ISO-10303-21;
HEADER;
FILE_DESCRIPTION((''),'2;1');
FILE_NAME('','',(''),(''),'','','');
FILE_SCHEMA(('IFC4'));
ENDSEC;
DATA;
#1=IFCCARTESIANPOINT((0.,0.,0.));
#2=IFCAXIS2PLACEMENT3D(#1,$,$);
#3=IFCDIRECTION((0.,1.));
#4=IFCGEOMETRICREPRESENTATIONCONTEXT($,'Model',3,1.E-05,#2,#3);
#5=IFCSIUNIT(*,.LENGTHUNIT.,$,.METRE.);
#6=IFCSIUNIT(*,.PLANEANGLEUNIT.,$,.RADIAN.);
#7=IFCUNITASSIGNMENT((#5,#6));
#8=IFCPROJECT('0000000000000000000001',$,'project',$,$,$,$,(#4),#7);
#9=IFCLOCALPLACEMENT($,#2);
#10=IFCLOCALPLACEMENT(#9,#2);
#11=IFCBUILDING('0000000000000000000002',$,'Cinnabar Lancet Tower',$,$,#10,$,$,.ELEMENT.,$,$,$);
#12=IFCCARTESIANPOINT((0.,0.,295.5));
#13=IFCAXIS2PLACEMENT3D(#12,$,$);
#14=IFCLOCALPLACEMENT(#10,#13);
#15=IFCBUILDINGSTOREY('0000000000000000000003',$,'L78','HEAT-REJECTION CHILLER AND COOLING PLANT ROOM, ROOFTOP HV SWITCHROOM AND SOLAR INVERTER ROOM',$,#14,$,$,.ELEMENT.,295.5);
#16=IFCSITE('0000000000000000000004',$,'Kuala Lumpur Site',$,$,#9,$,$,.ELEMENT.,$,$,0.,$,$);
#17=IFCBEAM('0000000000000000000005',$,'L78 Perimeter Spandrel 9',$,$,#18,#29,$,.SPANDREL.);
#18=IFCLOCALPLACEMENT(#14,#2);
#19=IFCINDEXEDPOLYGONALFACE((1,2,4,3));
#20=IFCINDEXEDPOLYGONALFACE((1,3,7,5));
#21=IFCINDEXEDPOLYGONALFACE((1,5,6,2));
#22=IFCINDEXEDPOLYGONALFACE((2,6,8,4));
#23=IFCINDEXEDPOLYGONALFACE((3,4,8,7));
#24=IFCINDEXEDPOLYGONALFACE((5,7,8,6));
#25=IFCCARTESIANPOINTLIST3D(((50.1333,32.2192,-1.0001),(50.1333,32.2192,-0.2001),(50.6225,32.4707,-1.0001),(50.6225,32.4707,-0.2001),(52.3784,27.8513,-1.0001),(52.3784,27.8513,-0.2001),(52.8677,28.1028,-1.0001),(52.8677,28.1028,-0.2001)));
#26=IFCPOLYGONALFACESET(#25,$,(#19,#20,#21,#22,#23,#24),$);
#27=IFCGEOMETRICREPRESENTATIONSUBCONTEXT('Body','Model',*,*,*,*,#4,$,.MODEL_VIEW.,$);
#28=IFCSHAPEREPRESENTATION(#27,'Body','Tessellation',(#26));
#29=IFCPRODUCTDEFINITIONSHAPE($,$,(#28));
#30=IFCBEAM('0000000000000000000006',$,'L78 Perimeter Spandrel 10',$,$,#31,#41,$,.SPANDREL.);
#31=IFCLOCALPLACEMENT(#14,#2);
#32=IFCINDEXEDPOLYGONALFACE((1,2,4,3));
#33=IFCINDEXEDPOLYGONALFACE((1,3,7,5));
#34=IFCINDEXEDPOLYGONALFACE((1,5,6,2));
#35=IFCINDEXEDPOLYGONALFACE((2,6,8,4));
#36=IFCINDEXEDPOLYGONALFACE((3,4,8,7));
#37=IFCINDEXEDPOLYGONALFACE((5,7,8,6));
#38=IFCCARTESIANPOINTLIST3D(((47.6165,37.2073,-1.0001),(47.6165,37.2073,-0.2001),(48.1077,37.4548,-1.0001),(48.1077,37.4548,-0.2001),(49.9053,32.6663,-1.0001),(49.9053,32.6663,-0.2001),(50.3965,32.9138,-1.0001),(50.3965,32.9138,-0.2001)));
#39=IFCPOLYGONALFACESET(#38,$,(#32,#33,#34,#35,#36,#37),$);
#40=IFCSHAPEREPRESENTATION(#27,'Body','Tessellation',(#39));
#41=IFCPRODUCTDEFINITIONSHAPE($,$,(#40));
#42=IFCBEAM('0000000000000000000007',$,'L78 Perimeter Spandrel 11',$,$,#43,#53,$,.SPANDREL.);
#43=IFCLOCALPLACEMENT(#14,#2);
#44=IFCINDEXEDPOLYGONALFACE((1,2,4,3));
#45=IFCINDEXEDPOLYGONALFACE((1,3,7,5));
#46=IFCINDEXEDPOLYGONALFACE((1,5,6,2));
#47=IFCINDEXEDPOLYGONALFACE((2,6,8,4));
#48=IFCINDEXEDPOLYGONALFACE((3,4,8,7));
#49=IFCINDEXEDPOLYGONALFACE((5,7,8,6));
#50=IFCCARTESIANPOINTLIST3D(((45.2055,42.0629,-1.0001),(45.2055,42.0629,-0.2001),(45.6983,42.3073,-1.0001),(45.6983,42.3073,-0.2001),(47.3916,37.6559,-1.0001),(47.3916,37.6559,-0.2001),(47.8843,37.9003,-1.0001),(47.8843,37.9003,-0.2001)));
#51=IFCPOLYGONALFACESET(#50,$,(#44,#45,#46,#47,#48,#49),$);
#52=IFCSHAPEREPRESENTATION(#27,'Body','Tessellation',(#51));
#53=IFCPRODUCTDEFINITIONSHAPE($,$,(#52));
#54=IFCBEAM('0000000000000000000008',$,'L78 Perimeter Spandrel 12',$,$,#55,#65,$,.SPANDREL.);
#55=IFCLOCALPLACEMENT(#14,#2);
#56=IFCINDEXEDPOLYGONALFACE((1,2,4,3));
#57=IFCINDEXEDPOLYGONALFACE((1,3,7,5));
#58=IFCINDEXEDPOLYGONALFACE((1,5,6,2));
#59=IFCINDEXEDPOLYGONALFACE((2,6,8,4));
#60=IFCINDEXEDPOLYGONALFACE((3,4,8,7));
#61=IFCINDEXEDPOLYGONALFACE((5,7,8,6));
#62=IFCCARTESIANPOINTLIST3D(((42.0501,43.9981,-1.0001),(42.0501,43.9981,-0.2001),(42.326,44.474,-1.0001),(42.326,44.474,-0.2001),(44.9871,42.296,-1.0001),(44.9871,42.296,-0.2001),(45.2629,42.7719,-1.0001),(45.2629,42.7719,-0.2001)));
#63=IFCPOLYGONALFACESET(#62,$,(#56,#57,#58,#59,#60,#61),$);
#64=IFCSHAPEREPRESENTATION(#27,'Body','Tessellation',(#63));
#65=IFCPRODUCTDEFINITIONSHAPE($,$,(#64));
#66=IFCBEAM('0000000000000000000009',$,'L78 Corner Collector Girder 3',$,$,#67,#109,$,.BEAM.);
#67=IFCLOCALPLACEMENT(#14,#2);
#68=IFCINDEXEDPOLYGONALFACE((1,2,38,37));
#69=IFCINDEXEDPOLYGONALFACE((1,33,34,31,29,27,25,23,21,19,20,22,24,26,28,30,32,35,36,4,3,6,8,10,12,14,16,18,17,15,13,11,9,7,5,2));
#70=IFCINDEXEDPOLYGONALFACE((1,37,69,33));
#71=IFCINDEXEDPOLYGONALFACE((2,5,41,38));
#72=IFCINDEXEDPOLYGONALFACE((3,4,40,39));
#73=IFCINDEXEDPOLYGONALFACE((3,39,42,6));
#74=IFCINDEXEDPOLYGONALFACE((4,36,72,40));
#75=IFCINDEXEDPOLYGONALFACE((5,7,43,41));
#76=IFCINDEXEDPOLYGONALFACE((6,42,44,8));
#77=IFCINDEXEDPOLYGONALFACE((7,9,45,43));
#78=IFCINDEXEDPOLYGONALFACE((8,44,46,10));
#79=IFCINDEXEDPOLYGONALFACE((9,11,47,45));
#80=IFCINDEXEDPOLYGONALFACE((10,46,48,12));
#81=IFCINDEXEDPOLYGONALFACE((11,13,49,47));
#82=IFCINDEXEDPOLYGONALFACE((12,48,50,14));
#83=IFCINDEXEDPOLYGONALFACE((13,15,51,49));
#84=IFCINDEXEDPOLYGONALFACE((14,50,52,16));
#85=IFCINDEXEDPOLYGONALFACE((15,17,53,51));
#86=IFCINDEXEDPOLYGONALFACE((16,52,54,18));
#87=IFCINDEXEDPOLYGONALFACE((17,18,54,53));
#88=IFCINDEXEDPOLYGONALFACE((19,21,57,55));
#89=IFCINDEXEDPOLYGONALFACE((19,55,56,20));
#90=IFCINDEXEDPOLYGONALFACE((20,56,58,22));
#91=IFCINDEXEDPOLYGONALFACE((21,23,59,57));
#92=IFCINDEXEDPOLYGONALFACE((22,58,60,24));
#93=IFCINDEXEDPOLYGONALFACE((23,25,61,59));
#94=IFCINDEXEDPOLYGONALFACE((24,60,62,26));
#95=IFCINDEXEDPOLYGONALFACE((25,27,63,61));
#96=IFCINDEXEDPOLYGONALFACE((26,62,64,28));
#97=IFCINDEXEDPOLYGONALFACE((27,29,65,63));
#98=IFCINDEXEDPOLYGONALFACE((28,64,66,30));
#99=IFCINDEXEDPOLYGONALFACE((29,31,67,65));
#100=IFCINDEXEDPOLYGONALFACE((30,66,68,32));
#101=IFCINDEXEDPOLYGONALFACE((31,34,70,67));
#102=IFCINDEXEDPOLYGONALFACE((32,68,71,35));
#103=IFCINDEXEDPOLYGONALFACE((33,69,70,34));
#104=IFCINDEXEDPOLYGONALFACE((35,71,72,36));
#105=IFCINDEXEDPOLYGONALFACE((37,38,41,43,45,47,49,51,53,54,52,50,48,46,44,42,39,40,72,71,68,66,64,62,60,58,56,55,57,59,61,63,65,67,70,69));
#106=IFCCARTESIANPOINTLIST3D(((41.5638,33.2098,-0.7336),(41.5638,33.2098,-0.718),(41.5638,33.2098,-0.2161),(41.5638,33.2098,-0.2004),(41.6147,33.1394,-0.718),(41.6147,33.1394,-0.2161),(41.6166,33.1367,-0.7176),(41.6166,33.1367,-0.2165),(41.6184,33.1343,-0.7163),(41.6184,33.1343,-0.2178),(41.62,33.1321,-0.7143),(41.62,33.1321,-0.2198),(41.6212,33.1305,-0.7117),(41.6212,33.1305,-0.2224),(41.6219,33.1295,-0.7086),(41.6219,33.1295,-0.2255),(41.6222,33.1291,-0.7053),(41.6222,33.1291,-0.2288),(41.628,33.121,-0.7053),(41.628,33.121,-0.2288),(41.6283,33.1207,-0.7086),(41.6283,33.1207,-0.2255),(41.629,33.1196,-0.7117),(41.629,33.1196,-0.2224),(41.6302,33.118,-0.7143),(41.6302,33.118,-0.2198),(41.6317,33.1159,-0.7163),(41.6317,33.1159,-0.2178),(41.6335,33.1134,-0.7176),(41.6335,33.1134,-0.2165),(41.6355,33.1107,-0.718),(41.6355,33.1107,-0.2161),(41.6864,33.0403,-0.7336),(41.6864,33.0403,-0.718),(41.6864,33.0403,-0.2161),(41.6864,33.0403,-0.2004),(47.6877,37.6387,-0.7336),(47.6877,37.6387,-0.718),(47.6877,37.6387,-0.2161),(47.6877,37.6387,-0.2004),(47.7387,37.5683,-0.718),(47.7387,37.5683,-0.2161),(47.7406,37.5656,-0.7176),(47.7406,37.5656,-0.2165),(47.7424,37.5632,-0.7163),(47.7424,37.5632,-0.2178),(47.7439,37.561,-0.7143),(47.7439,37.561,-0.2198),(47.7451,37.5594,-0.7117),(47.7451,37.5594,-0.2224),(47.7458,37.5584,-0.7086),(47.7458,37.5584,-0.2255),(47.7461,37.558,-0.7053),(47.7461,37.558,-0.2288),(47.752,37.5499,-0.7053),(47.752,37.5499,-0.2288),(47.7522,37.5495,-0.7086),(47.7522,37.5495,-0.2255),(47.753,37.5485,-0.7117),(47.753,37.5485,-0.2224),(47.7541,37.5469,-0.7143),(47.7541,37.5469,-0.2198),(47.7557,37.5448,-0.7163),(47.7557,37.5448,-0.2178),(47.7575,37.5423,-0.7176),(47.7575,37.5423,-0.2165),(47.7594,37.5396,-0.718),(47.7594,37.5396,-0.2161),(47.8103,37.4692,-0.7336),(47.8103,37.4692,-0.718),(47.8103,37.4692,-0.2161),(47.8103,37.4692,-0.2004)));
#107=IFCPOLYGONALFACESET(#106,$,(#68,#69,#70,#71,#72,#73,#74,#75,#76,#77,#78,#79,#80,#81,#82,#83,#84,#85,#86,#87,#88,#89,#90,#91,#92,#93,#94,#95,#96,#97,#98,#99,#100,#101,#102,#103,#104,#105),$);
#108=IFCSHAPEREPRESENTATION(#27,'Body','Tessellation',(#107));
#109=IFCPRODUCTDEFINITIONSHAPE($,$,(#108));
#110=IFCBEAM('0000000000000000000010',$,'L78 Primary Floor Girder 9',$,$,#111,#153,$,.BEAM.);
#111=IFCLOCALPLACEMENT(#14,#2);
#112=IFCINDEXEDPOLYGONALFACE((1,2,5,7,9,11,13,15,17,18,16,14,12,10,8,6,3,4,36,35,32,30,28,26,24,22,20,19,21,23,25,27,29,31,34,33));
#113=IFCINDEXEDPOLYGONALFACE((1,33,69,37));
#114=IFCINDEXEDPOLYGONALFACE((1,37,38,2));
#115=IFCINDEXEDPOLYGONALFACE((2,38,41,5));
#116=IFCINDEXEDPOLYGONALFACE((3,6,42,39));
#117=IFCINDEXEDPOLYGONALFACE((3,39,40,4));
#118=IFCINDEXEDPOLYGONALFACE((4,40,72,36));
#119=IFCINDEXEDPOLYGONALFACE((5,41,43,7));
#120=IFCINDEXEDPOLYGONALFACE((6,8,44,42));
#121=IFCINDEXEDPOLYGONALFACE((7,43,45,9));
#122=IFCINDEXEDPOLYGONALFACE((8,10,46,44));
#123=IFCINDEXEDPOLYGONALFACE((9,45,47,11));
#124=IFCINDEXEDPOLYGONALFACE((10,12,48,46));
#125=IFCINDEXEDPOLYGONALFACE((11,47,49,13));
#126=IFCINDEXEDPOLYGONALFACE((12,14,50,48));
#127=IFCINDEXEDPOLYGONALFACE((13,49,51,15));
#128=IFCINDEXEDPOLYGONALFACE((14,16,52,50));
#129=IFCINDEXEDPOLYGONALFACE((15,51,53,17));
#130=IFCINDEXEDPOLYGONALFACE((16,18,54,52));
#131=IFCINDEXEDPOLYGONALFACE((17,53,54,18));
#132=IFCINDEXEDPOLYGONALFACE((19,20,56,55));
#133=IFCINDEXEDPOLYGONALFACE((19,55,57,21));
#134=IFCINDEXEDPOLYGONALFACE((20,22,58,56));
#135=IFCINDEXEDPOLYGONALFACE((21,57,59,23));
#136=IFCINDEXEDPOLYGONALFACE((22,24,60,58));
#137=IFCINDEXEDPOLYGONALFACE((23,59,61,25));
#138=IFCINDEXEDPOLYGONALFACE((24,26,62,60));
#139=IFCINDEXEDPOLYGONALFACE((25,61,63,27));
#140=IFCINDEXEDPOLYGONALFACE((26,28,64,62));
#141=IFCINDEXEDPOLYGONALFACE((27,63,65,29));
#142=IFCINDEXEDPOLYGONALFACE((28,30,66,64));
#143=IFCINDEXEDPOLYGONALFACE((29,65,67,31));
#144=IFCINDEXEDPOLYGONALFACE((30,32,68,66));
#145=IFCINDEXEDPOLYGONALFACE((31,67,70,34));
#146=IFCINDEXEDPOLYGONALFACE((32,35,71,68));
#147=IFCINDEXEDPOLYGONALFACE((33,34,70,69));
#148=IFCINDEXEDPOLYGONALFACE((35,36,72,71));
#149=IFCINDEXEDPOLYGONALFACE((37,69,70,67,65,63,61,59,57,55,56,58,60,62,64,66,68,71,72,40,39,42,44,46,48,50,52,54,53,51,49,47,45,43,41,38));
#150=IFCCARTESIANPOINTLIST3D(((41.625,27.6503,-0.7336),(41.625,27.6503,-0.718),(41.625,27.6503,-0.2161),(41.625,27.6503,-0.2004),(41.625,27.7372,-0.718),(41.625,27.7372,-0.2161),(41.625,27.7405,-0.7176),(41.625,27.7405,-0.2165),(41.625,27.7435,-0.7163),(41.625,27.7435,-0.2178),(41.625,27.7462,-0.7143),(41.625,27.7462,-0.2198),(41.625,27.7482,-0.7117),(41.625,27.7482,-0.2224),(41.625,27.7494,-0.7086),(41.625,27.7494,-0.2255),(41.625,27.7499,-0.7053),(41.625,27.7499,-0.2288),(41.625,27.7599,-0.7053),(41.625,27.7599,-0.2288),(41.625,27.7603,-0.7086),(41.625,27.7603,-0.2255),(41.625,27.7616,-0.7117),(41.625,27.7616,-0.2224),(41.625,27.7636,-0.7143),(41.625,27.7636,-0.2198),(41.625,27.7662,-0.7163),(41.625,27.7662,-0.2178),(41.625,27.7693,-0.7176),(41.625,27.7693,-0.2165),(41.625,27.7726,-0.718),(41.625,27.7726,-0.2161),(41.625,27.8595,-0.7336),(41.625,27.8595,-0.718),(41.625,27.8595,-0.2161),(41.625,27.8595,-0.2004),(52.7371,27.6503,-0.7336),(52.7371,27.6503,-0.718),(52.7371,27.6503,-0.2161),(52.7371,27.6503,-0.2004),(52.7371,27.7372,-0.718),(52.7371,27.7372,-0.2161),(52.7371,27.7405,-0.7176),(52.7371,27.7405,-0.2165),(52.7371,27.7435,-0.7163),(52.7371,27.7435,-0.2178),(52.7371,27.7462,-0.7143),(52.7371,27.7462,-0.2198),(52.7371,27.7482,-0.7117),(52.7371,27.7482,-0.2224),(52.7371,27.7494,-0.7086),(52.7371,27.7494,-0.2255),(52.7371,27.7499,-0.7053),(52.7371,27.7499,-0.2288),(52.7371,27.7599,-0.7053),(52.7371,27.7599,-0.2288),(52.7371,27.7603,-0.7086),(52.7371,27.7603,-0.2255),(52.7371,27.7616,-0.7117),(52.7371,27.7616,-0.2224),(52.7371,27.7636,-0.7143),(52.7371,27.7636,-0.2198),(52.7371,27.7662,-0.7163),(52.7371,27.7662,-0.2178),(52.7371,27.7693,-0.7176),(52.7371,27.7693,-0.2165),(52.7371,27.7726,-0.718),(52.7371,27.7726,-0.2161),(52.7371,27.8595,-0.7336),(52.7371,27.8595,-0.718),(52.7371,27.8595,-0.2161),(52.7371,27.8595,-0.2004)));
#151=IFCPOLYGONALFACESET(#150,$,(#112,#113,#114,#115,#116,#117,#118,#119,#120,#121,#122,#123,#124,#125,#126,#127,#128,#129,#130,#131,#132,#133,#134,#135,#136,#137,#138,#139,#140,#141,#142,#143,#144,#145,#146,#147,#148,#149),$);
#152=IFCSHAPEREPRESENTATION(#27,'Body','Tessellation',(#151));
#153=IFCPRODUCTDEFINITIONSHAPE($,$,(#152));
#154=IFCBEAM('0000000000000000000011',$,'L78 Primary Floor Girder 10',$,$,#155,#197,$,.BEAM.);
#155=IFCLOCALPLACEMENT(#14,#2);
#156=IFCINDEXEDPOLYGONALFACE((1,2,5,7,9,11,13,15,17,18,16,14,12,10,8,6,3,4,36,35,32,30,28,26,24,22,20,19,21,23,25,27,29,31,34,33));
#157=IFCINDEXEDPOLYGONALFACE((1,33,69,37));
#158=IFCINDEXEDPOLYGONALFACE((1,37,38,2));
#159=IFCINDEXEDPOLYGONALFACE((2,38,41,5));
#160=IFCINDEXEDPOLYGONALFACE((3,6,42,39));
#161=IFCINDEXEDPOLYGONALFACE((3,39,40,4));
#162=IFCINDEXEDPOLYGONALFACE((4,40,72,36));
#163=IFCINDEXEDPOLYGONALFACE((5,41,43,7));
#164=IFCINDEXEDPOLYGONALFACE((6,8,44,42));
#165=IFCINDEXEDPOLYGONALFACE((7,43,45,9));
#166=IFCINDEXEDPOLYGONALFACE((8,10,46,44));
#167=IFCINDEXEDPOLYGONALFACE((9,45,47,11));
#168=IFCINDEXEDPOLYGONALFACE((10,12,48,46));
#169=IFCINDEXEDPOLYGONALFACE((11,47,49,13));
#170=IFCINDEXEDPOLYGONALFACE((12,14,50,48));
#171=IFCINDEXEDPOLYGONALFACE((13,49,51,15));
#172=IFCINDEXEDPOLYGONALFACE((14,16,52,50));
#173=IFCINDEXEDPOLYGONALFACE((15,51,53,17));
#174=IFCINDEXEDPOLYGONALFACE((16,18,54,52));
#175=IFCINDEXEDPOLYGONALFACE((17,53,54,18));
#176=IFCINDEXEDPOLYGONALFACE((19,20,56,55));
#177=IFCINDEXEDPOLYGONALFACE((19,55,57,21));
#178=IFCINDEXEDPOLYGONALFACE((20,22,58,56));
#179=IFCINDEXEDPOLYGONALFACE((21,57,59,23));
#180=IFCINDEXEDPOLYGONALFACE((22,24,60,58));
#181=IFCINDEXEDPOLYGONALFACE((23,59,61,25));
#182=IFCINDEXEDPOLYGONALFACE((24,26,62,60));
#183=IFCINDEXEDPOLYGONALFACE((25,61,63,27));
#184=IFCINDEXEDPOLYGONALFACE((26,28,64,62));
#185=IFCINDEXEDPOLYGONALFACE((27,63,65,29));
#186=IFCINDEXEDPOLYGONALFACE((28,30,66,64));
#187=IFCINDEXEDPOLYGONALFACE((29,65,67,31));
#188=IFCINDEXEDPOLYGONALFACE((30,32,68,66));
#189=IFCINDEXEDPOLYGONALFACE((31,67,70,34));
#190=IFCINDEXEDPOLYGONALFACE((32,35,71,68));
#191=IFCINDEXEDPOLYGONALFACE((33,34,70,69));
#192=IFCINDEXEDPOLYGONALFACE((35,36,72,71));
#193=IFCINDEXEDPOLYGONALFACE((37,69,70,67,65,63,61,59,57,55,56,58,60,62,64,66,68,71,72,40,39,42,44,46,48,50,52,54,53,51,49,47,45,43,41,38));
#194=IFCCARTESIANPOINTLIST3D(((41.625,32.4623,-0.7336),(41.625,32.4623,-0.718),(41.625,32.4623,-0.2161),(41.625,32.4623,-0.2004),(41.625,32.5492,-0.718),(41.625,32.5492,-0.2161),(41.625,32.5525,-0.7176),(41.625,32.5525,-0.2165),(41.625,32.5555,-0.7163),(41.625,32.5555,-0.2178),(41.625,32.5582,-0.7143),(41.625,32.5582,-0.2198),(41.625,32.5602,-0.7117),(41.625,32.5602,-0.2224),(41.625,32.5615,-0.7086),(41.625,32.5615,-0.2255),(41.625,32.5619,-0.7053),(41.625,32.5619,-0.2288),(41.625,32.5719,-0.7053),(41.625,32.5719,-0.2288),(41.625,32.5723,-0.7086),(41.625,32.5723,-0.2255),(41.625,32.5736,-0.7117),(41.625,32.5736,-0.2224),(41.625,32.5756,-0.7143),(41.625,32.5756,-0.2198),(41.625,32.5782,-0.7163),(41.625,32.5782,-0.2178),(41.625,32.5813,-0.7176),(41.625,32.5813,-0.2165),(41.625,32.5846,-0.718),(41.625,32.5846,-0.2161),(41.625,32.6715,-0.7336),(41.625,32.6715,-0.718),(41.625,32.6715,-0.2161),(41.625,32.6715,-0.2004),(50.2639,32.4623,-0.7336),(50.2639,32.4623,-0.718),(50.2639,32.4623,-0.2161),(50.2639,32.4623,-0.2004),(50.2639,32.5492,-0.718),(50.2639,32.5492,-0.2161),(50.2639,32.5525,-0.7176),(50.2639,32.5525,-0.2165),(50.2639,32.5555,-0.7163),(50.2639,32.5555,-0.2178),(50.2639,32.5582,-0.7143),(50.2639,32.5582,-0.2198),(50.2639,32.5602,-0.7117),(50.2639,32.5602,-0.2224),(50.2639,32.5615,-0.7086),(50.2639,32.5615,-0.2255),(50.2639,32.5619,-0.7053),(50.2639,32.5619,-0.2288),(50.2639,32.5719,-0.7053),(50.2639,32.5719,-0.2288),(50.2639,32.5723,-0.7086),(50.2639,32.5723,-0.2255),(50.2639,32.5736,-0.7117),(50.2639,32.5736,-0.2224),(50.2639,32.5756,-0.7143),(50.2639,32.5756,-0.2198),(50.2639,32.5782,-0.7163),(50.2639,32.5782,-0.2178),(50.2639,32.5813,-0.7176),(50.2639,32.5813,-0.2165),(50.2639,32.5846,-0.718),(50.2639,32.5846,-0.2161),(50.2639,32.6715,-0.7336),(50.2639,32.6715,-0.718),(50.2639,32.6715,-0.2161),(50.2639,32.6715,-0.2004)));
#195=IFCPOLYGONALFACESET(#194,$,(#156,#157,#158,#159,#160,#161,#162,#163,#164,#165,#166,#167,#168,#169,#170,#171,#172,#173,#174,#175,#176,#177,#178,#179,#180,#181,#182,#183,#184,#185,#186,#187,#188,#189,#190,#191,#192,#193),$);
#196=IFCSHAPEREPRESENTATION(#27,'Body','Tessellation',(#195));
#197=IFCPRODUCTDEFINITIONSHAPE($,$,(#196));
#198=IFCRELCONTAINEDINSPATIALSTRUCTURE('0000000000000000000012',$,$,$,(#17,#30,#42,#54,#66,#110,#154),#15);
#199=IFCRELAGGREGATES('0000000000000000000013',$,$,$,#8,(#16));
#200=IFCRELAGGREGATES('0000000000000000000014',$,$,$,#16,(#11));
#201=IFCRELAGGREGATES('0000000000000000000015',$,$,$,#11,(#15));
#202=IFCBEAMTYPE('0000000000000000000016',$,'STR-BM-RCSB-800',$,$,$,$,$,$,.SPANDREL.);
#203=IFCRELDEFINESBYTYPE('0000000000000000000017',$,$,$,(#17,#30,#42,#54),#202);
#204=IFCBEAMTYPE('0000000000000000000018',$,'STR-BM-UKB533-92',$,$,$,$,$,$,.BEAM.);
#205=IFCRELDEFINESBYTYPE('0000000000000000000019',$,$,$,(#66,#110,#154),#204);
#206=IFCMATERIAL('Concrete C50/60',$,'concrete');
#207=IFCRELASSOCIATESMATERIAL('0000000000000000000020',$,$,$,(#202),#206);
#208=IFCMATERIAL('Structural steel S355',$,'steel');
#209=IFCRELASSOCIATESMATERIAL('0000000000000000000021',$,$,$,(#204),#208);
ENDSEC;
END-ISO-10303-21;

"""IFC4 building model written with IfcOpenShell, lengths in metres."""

from ifc_helpers import new_model, si_unit, direction, frame, origin, origin_2d, place, context, subcontext, project, spatial, rectangle, i_section, extrude, material, material_profile, profile_set, type_object, element, save


model = new_model("IFC4")

# Units and contexts
model_context = context("Model", 3, precision=1e-05, world=origin(), true_north=direction((0.0, 1.0)))
body_context = subcontext(model_context, "Body", "Model", "MODEL_VIEW")
ifc_project = project(units=[si_unit("LENGTHUNIT", "METRE"), si_unit("PLANEANGLEUNIT", "RADIAN")], contexts=[model_context])

# Site, building, storey
site_placement = place(None, origin())
site = spatial("IfcSite", under=ifc_project, at=site_placement, Name="Kuala Lumpur Site", CompositionType="ELEMENT", RefElevation=0.0)
building_placement = place(site_placement, origin())
building = spatial("IfcBuilding", under=site, at=building_placement, Name="Cinnabar Lancet Tower", CompositionType="ELEMENT")
storey_placement = place(building_placement, frame((0.0, 0.0, 295.5)))
storey = spatial("IfcBuildingStorey", under=building, at=storey_placement, Name="L78", Description="HEAT-REJECTION CHILLER AND COOLING PLANT ROOM, ROOFTOP HV SWITCHROOM AND SOLAR INVERTER ROOM", CompositionType="ELEMENT", Elevation=295.5)

# Beams
ifc_material_1 = material(Name="Concrete C50/60", Category="concrete")
ifc_material_profile_1 = material_profile(ifc_material_1, rectangle(XDim=0.55, YDim=0.8, at=origin_2d()), Name="RC-SB 550x800")
ifc_profile_set_1 = profile_set([ifc_material_profile_1], Name="Concrete C50/60")
beam_type_1 = type_object("IfcBeamType", Name="STR-BM-RCSB-800", PredefinedType="SPANDREL", material=ifc_profile_set_1)
beam_1_placement = place(storey_placement, frame((52.623, 27.9771, -0.6001), z_axis=(-0.457148, 0.889391, 0.0), x_axis=(-0.889391, -0.457148, 0.0)))
element("IfcBeam", 1, at=beam_1_placement, inside=storey, type_object=beam_type_1, Name="L78 Perimeter Spandrel 9", PredefinedType="SPANDREL", context=body_context, shape_type="SweptSolid", body=[
    extrude(rectangle(XDim=0.55, YDim=0.8, at=origin_2d()), origin(), (0.0, 0.0, 1.0), 4.9111),
])
beam_2_placement = place(storey_placement, frame((50.1509, 32.79, -0.6001), z_axis=(-0.450092, 0.892982, 0.0), x_axis=(-0.892982, -0.450092, 0.0)))
element("IfcBeam", 2, at=beam_2_placement, inside=storey, type_object=beam_type_1, Name="L78 Perimeter Spandrel 10", PredefinedType="SPANDREL", context=body_context, shape_type="SweptSolid", body=[
    extrude(rectangle(XDim=0.55, YDim=0.8, at=origin_2d()), origin(), (0.0, 0.0, 1.0), 5.0852),
])
beam_3_placement = place(storey_placement, frame((47.6379, 37.7781, -0.6001), z_axis=(-0.444373, 0.895842, 0.0), x_axis=(-0.895842, -0.444373, 0.0)))
element("IfcBeam", 3, at=beam_3_placement, inside=storey, type_object=beam_type_1, Name="L78 Perimeter Spandrel 11", PredefinedType="SPANDREL", context=body_context, shape_type="SweptSolid", body=[
    extrude(rectangle(XDim=0.55, YDim=0.8, at=origin_2d()), origin(), (0.0, 0.0, 1.0), 4.9194),
])
beam_4_placement = place(storey_placement, frame((45.125, 42.5339, -0.6001), z_axis=(-0.8652, 0.501427, 0.0), x_axis=(-0.501427, -0.8652, 0.0)))
element("IfcBeam", 4, at=beam_4_placement, inside=storey, type_object=beam_type_1, Name="L78 Perimeter Spandrel 12", PredefinedType="SPANDREL", context=body_context, shape_type="SweptSolid", body=[
    extrude(rectangle(XDim=0.55, YDim=0.8, at=origin_2d()), origin(), (0.0, 0.0, 1.0), 3.3945),
])
ifc_material_2 = material(Name="Structural steel S355", Category="steel")
ifc_material_profile_2 = material_profile(ifc_material_2, i_section(OverallWidth=0.2092, OverallDepth=0.5332, WebThickness=0.01, FlangeThickness=0.0156, FilletRadius=0.0127, at=origin_2d()), Name="UKB 533x210x92")
ifc_profile_set_2 = profile_set([ifc_material_profile_2], Name="Structural steel S355")
beam_type_2 = type_object("IfcBeamType", Name="STR-BM-UKB533-92", PredefinedType="BEAM", material=ifc_profile_set_2)
beam_5_placement = place(storey_placement, frame((47.749, 37.554, -0.467), z_axis=(-0.810299, -0.586016, 0.0), x_axis=(0.586016, -0.810299, 0.0)))
element("IfcBeam", 5, at=beam_5_placement, inside=storey, type_object=beam_type_2, Name="L78 Corner Collector Girder 3", PredefinedType="BEAM", context=body_context, shape_type="SweptSolid", body=[
    extrude(i_section(OverallWidth=0.2092, OverallDepth=0.5332, WebThickness=0.01, FlangeThickness=0.0156, FilletRadius=0.0127, at=origin_2d()), origin(), (0.0, 0.0, 1.0), 7.5576),
])
beam_6_placement = place(storey_placement, frame((52.7371, 27.7549, -0.467), z_axis=(-1.0, 0.0, 0.0), x_axis=(0.0, -1.0, 0.0)))
element("IfcBeam", 6, at=beam_6_placement, inside=storey, type_object=beam_type_2, Name="L78 Primary Floor Girder 9", PredefinedType="BEAM", context=body_context, shape_type="SweptSolid", body=[
    extrude(i_section(OverallWidth=0.2092, OverallDepth=0.5332, WebThickness=0.01, FlangeThickness=0.0156, FilletRadius=0.0127, at=origin_2d()), origin(), (0.0, 0.0, 1.0), 11.1121),
])
beam_7_placement = place(storey_placement, frame((50.2639, 32.5669, -0.467), z_axis=(-1.0, 0.0, 0.0), x_axis=(0.0, -1.0, 0.0)))
element("IfcBeam", 7, at=beam_7_placement, inside=storey, type_object=beam_type_2, Name="L78 Primary Floor Girder 10", PredefinedType="BEAM", context=body_context, shape_type="SweptSolid", body=[
    extrude(i_section(OverallWidth=0.2092, OverallDepth=0.5332, WebThickness=0.01, FlangeThickness=0.0156, FilletRadius=0.0127, at=origin_2d()), origin(), (0.0, 0.0, 1.0), 8.6389),
])

save(model, "model.ifc")
